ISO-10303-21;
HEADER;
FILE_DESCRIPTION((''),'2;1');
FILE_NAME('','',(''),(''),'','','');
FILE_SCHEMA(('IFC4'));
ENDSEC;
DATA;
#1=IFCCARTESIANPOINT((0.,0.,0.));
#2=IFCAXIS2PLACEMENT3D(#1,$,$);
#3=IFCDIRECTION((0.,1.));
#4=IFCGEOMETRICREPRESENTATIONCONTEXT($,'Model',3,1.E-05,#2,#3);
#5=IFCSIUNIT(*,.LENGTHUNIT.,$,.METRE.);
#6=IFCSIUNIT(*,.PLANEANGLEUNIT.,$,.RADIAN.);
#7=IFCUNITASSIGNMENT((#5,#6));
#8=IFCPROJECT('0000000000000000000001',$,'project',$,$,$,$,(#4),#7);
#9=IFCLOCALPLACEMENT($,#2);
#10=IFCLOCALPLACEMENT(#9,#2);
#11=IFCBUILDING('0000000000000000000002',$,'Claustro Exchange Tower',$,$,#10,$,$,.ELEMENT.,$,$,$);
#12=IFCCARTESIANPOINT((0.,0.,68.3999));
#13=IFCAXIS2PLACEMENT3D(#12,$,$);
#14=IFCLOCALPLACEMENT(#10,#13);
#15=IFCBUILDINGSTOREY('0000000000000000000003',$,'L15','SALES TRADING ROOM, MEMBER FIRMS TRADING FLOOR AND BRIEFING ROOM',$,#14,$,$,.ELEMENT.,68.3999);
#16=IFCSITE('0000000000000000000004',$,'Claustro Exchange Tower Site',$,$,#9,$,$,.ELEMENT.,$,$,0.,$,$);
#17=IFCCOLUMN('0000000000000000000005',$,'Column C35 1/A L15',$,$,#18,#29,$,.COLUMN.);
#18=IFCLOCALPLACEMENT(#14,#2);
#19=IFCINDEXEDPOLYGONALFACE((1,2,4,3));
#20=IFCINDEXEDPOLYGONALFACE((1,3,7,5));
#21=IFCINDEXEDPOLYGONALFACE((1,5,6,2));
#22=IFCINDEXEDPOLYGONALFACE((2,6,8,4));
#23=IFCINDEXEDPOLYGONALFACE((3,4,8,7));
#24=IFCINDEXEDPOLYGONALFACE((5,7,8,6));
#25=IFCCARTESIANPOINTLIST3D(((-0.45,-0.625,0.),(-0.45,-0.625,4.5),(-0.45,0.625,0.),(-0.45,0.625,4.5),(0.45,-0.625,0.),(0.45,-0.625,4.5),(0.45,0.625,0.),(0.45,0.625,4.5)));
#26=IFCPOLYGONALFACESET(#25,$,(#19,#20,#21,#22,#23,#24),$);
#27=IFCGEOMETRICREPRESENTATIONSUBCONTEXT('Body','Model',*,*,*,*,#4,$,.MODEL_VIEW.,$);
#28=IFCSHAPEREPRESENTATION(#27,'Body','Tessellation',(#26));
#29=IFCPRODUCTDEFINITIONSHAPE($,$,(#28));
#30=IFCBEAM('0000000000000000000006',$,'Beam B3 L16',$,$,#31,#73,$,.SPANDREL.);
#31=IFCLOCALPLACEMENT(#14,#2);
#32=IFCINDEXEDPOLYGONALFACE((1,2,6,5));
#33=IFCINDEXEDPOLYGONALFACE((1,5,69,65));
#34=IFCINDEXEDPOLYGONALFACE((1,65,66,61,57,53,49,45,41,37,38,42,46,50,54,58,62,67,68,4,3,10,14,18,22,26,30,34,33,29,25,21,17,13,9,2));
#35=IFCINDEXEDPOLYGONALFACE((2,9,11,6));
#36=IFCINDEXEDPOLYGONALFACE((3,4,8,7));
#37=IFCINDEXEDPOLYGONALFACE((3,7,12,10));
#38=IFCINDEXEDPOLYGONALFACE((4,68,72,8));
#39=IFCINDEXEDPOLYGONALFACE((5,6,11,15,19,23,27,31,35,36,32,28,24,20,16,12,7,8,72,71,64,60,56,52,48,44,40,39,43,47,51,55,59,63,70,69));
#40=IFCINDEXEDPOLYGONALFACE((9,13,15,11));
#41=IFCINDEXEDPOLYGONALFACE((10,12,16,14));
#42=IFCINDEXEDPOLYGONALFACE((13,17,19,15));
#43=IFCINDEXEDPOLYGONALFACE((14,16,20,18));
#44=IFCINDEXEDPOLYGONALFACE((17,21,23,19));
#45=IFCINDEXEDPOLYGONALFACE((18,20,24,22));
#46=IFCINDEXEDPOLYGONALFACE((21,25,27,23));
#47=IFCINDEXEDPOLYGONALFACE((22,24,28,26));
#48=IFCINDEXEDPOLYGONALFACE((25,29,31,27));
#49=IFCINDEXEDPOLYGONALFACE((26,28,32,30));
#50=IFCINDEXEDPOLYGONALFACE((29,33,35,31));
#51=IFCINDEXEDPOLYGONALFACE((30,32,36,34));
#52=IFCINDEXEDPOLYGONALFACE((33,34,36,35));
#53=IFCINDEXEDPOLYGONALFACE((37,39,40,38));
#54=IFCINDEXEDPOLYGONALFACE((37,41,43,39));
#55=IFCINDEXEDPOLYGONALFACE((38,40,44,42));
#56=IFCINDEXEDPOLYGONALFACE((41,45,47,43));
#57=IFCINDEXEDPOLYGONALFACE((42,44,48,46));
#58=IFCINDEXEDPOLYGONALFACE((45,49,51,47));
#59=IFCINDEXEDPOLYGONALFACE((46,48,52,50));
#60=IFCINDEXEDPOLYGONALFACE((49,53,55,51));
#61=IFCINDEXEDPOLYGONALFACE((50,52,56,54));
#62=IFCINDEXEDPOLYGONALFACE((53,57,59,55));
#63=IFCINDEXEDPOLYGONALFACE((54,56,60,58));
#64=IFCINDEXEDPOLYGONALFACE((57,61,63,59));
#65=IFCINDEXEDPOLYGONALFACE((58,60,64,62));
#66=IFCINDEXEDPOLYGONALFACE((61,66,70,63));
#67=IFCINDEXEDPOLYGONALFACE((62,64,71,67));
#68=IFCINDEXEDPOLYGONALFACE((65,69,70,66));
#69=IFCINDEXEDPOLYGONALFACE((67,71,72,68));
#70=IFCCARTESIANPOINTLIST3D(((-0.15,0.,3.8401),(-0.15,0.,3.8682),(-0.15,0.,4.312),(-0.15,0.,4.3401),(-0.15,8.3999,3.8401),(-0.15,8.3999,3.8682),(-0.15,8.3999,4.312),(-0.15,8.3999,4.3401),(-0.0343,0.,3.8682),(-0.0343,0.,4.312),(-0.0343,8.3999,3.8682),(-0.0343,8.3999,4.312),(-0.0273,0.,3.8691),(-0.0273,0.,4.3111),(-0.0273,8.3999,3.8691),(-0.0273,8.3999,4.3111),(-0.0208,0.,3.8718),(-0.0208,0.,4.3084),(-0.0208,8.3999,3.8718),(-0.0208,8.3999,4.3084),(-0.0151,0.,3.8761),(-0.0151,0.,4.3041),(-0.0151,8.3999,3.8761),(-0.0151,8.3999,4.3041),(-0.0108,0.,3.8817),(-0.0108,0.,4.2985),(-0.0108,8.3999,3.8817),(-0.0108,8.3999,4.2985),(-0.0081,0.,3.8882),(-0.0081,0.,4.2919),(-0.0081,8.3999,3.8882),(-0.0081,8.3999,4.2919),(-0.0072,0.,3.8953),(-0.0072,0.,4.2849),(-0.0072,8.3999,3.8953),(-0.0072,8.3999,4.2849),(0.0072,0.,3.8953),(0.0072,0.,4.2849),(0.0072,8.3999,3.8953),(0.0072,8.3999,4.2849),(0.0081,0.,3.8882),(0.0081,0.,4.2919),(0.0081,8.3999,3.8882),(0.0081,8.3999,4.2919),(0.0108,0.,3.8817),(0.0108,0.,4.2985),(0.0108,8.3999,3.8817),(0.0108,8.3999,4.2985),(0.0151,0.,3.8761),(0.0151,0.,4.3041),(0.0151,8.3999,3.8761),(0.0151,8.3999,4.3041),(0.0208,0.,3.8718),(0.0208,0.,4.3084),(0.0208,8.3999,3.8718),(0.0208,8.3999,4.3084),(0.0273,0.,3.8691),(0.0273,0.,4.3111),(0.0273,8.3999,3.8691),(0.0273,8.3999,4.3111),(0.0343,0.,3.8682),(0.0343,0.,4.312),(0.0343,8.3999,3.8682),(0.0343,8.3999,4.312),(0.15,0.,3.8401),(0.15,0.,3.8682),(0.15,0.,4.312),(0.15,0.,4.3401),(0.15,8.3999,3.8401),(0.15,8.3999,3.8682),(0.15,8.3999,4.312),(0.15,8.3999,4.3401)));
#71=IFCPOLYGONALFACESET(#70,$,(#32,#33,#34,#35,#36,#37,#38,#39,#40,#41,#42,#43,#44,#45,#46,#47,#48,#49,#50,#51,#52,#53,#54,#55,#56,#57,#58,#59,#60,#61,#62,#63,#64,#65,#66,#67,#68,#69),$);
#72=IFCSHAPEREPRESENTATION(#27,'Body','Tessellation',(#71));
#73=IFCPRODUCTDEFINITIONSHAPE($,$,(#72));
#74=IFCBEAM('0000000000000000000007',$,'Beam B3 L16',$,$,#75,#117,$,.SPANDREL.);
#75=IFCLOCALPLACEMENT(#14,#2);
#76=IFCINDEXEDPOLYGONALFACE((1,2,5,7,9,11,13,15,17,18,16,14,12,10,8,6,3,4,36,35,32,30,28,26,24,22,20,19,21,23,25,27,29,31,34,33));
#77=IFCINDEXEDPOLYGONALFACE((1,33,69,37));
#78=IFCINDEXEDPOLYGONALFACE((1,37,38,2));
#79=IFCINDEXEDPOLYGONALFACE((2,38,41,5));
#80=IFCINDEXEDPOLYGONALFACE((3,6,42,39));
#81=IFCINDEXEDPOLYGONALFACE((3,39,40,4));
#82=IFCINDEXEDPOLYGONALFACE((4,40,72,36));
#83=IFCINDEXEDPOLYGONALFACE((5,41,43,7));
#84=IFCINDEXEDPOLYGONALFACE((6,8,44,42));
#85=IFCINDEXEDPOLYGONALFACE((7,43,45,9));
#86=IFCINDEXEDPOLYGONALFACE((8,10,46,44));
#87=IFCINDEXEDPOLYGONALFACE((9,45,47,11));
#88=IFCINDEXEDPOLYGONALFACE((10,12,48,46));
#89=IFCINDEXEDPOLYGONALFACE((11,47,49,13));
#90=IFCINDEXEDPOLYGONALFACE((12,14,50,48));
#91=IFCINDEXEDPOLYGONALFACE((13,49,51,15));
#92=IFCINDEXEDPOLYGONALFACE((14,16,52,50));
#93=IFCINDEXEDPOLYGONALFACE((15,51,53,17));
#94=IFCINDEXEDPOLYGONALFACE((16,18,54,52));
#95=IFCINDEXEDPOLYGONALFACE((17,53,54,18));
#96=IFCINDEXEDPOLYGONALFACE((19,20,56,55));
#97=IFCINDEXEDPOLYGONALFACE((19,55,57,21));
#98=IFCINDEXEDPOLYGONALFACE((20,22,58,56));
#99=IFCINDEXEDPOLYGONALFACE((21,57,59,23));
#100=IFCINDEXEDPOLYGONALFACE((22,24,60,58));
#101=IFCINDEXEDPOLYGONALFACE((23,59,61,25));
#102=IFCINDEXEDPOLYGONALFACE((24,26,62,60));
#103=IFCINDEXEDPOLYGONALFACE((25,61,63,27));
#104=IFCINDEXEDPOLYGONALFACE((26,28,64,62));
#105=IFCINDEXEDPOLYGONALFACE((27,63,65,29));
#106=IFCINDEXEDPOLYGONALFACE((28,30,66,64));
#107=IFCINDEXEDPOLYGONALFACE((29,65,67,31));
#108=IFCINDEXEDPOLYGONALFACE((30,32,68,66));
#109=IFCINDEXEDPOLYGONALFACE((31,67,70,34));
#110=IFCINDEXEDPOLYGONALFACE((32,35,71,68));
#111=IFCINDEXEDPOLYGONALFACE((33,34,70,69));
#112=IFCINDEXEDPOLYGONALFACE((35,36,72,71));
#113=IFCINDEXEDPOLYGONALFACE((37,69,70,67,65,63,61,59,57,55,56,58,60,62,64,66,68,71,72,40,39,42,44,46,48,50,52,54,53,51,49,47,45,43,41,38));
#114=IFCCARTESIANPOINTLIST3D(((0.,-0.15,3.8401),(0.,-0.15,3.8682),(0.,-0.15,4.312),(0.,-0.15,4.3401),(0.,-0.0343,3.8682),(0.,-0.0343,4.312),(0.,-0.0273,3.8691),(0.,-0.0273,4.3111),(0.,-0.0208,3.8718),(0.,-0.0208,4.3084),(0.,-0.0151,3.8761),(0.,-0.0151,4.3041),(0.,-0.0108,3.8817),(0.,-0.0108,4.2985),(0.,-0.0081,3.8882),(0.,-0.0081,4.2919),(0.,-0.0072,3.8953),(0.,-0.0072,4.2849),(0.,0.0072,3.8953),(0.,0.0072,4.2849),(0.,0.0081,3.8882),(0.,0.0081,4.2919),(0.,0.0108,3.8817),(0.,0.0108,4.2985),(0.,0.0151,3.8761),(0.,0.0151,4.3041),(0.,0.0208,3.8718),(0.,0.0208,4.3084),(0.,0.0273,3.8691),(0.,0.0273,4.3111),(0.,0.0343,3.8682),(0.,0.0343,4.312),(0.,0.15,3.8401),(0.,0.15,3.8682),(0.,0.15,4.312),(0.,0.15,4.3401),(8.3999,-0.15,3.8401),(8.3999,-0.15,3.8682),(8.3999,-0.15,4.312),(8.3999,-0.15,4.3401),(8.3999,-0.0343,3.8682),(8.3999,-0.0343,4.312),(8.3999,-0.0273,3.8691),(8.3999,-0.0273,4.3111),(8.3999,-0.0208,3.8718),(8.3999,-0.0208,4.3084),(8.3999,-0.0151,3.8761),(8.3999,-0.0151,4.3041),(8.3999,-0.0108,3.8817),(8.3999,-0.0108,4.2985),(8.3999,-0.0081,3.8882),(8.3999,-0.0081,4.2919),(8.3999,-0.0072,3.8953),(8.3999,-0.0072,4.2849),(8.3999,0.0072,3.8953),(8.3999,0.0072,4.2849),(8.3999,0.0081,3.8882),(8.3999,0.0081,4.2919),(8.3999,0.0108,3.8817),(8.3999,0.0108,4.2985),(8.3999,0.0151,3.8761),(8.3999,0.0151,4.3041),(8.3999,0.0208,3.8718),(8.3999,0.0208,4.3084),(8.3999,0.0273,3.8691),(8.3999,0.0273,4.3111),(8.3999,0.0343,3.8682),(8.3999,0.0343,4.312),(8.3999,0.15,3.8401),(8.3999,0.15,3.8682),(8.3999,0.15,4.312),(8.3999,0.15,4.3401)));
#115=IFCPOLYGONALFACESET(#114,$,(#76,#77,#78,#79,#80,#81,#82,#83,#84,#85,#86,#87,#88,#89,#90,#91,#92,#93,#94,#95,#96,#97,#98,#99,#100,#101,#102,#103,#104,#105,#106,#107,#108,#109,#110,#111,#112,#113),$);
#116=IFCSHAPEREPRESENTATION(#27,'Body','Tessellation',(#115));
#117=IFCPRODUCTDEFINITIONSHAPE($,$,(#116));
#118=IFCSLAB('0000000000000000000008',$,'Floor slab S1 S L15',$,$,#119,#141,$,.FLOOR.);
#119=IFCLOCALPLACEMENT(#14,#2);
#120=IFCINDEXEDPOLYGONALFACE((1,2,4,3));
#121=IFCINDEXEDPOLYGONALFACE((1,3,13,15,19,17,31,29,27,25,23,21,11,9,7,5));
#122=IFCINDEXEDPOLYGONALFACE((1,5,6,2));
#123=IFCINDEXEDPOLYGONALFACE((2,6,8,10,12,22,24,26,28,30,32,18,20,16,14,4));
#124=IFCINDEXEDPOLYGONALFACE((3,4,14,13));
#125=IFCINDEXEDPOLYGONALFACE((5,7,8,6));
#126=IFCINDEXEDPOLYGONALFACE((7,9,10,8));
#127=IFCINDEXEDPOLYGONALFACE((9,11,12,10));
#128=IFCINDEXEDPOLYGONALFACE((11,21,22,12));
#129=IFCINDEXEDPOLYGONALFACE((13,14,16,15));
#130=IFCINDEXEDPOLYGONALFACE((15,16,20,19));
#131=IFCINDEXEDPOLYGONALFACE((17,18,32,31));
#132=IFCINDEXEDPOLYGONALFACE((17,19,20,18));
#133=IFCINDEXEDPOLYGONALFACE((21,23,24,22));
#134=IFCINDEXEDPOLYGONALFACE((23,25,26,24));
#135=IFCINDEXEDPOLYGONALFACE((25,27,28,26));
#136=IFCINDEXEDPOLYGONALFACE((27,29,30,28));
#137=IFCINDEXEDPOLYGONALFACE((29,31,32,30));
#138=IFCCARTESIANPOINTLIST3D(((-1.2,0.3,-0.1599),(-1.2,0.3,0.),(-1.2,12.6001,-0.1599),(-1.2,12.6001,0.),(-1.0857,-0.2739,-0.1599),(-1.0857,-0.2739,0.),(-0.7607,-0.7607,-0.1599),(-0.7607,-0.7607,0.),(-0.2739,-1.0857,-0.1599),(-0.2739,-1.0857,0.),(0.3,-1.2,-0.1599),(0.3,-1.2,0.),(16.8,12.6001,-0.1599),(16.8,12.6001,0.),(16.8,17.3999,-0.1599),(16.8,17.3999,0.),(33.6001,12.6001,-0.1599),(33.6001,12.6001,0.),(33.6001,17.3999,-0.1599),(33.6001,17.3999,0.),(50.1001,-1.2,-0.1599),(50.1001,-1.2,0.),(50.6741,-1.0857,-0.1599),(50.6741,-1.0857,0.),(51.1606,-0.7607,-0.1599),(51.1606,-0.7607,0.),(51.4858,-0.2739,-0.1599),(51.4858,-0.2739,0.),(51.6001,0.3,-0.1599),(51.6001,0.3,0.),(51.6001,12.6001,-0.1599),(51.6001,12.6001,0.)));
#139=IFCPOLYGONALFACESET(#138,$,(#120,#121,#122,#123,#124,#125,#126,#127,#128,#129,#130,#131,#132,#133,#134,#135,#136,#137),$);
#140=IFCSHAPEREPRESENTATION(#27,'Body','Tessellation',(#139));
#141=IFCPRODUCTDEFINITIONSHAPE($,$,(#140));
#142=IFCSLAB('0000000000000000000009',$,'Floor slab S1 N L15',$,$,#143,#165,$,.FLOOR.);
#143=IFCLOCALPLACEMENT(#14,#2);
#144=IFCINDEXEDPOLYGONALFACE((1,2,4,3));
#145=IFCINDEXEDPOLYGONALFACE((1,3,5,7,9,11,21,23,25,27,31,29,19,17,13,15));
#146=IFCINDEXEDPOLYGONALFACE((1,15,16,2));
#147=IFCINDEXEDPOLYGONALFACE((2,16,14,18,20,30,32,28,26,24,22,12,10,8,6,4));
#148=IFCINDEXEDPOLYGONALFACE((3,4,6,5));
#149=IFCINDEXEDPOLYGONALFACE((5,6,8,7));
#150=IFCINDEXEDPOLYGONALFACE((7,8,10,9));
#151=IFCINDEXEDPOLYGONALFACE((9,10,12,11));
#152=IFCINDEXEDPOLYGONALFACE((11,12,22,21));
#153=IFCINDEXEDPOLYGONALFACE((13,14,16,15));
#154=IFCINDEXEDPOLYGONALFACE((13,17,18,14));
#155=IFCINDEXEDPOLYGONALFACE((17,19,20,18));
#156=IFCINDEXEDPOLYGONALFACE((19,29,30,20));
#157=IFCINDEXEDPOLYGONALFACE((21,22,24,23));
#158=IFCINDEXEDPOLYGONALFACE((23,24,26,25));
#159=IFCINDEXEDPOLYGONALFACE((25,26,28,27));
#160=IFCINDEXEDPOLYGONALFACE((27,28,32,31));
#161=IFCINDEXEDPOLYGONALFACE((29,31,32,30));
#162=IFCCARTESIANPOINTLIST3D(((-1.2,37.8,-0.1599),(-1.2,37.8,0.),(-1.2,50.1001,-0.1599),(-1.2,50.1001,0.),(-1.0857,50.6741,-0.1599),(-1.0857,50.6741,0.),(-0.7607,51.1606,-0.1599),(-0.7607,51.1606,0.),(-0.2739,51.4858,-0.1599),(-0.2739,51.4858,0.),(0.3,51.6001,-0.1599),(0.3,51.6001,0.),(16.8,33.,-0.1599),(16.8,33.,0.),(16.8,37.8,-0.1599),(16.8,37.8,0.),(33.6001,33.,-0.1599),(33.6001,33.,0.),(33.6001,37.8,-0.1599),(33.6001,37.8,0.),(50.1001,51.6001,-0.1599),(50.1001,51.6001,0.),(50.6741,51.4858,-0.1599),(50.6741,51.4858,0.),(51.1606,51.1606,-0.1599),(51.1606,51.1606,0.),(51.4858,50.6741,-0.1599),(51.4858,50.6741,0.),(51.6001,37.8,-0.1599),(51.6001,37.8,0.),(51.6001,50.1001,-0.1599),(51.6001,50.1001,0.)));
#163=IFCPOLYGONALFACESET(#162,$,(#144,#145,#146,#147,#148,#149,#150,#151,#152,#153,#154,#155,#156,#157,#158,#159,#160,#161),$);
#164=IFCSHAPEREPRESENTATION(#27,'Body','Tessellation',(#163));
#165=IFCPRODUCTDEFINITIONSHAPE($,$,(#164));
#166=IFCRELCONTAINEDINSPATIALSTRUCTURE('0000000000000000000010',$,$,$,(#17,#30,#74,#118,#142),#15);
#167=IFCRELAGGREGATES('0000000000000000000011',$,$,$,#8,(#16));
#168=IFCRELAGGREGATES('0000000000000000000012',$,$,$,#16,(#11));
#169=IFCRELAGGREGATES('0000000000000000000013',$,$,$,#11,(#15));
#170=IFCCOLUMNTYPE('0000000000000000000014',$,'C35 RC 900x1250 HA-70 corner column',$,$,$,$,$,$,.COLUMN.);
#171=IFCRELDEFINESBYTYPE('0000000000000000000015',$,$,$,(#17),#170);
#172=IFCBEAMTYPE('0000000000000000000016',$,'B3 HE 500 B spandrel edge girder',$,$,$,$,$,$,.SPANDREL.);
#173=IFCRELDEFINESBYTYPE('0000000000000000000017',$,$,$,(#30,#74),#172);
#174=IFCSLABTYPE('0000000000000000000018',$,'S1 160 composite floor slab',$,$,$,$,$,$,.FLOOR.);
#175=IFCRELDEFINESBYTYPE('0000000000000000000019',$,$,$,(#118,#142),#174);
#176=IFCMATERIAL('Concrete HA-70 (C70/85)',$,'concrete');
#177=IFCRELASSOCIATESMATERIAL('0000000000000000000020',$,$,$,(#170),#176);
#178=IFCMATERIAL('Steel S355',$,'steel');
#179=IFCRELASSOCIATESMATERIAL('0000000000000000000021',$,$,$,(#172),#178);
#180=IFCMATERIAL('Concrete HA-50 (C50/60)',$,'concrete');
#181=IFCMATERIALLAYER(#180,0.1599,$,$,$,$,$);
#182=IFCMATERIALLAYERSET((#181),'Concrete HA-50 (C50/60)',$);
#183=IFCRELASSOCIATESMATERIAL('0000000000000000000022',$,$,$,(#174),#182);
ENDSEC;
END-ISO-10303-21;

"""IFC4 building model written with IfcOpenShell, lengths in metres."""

from ifc_helpers import new_model, si_unit, direction, frame, origin, origin_with_axes, origin_2d, place, context, subcontext, project, spatial, polyline, rectangle, i_section, outline, extrude, material, layer, layer_set, material_profile, profile_set, type_object, element, save


model = new_model("IFC4")

# Units and contexts
model_context = context("Model", 3, precision=1e-05, world=origin(), true_north=direction((0.0, 1.0)))
body_context = subcontext(model_context, "Body", "Model", "MODEL_VIEW")
ifc_project = project(units=[si_unit("LENGTHUNIT", "METRE"), si_unit("PLANEANGLEUNIT", "RADIAN")], contexts=[model_context])

# Site, building, storey
site_placement = place(None, origin())
site = spatial("IfcSite", under=ifc_project, at=site_placement, Name="Claustro Exchange Tower Site", CompositionType="ELEMENT", RefElevation=0.0)
building_placement = place(site_placement, origin())
building = spatial("IfcBuilding", under=site, at=building_placement, Name="Claustro Exchange Tower", CompositionType="ELEMENT")
storey_placement = place(building_placement, frame((0.0, 0.0, 68.3999)))
storey = spatial("IfcBuildingStorey", under=building, at=storey_placement, Name="L15", Description="SALES TRADING ROOM, MEMBER FIRMS TRADING FLOOR AND BRIEFING ROOM", CompositionType="ELEMENT", Elevation=68.3999)

# Column
ifc_material_1 = material(Name="Concrete HA-70 (C70/85)", Category="concrete")
ifc_material_profile_1 = material_profile(ifc_material_1, rectangle(XDim=0.8999, YDim=1.25, at=origin_2d()), Name="RC 900x1250")
ifc_profile_set_1 = profile_set([ifc_material_profile_1], Name="Concrete HA-70 (C70/85)")
column_type = type_object("IfcColumnType", Name="C35 RC 900x1250 HA-70 corner column", PredefinedType="COLUMN", material=ifc_profile_set_1)
column_placement = place(storey_placement, origin_with_axes())
element("IfcColumn", 1, at=column_placement, inside=storey, type_object=column_type, Name="Column C35 1/A L15", PredefinedType="COLUMN", context=body_context, shape_type="SweptSolid", body=[
    extrude(rectangle(XDim=0.8999, YDim=1.25, at=origin_2d()), origin(), (0.0, 0.0, 1.0), 4.5),
])

# Beams
ifc_material_2 = material(Name="Steel S355", Category="steel")
ifc_material_profile_2 = material_profile(ifc_material_2, i_section(OverallWidth=0.3, OverallDepth=0.5, WebThickness=0.0144, FlangeThickness=0.0281, FilletRadius=0.0271, at=origin_2d()), Name="HE 500 B")
ifc_profile_set_2 = profile_set([ifc_material_profile_2], Name="Steel S355")
beam_type = type_object("IfcBeamType", Name="B3 HE 500 B spandrel edge girder", PredefinedType="SPANDREL", material=ifc_profile_set_2)
for number, where, z_axis, x_axis, name in (
    (2, (0.0, 0.0, 4.0901), (0.0, 1.0, 0.0), (-1.0, 0.0, 0.0), "Beam B3 L16"),
    (3, (0.0, 0.0, 4.0901), (1.0, 0.0, 0.0), (0.0, 1.0, 0.0), "Beam B3 L16"),
):
    element("IfcBeam", number, at=place(storey_placement, frame(where, z_axis=z_axis, x_axis=x_axis)), inside=storey, type_object=beam_type, Name=name, PredefinedType="SPANDREL", context=body_context, shape_type="SweptSolid", body=[
        extrude(i_section(OverallWidth=0.3, OverallDepth=0.5, WebThickness=0.0144, FlangeThickness=0.0281, FilletRadius=0.0271, at=origin_2d()), origin(), (0.0, 0.0, 1.0), 8.3999),
    ])

# Slabs
ifc_material_3 = material(Name="Concrete HA-50 (C50/60)", Category="concrete")
ifc_layer_1 = layer(ifc_material_3, 0.1599)
ifc_layer_set_1 = layer_set([ifc_layer_1], Name="Concrete HA-50 (C50/60)")
slab_type_1 = type_object("IfcSlabType", Name="S1 160 composite floor slab", PredefinedType="FLOOR", material=ifc_layer_set_1)
slab_1_placement = place(storey_placement, frame((0.0, 0.0, -0.1599)))
element("IfcSlab", 4, at=slab_1_placement, inside=storey, type_object=slab_type_1, Name="Floor slab S1 S L15", PredefinedType="FLOOR", context=body_context, shape_type="SweptSolid", body=[
    extrude(outline(polyline([(-0.2739, -1.0857), (0.3, -1.2), (50.1001, -1.2), (50.6741, -1.0857), (51.1606, -0.7607), (51.4858, -0.2739), (51.6001, 0.3), (51.6001, 12.6001), (33.6001, 12.6001), (33.6001, 17.3999), (16.8, 17.3999), (16.8, 12.6001), (-1.2, 12.6001), (-1.2, 0.3), (-1.0857, -0.2739), (-0.7607, -0.7607), (-0.2739, -1.0857)])), origin(), (0.0, 0.0, 1.0), 0.1599),
])
slab_2_placement = place(storey_placement, frame((0.0, 0.0, -0.1599)))
element("IfcSlab", 5, at=slab_2_placement, inside=storey, type_object=slab_type_1, Name="Floor slab S1 N L15", PredefinedType="FLOOR", context=body_context, shape_type="SweptSolid", body=[
    extrude(outline(polyline([(16.8, 37.8), (16.8, 33.0), (33.6001, 33.0), (33.6001, 37.8), (51.6001, 37.8), (51.6001, 50.1001), (51.4858, 50.6741), (51.1606, 51.1606), (50.6741, 51.4858), (50.1001, 51.6001), (0.3, 51.6001), (-0.2739, 51.4858), (-0.7607, 51.1606), (-1.0857, 50.6741), (-1.2, 50.1001), (-1.2, 37.8), (16.8, 37.8)])), origin(), (0.0, 0.0, 1.0), 0.1599),
])

save(model, "model.ifc")
